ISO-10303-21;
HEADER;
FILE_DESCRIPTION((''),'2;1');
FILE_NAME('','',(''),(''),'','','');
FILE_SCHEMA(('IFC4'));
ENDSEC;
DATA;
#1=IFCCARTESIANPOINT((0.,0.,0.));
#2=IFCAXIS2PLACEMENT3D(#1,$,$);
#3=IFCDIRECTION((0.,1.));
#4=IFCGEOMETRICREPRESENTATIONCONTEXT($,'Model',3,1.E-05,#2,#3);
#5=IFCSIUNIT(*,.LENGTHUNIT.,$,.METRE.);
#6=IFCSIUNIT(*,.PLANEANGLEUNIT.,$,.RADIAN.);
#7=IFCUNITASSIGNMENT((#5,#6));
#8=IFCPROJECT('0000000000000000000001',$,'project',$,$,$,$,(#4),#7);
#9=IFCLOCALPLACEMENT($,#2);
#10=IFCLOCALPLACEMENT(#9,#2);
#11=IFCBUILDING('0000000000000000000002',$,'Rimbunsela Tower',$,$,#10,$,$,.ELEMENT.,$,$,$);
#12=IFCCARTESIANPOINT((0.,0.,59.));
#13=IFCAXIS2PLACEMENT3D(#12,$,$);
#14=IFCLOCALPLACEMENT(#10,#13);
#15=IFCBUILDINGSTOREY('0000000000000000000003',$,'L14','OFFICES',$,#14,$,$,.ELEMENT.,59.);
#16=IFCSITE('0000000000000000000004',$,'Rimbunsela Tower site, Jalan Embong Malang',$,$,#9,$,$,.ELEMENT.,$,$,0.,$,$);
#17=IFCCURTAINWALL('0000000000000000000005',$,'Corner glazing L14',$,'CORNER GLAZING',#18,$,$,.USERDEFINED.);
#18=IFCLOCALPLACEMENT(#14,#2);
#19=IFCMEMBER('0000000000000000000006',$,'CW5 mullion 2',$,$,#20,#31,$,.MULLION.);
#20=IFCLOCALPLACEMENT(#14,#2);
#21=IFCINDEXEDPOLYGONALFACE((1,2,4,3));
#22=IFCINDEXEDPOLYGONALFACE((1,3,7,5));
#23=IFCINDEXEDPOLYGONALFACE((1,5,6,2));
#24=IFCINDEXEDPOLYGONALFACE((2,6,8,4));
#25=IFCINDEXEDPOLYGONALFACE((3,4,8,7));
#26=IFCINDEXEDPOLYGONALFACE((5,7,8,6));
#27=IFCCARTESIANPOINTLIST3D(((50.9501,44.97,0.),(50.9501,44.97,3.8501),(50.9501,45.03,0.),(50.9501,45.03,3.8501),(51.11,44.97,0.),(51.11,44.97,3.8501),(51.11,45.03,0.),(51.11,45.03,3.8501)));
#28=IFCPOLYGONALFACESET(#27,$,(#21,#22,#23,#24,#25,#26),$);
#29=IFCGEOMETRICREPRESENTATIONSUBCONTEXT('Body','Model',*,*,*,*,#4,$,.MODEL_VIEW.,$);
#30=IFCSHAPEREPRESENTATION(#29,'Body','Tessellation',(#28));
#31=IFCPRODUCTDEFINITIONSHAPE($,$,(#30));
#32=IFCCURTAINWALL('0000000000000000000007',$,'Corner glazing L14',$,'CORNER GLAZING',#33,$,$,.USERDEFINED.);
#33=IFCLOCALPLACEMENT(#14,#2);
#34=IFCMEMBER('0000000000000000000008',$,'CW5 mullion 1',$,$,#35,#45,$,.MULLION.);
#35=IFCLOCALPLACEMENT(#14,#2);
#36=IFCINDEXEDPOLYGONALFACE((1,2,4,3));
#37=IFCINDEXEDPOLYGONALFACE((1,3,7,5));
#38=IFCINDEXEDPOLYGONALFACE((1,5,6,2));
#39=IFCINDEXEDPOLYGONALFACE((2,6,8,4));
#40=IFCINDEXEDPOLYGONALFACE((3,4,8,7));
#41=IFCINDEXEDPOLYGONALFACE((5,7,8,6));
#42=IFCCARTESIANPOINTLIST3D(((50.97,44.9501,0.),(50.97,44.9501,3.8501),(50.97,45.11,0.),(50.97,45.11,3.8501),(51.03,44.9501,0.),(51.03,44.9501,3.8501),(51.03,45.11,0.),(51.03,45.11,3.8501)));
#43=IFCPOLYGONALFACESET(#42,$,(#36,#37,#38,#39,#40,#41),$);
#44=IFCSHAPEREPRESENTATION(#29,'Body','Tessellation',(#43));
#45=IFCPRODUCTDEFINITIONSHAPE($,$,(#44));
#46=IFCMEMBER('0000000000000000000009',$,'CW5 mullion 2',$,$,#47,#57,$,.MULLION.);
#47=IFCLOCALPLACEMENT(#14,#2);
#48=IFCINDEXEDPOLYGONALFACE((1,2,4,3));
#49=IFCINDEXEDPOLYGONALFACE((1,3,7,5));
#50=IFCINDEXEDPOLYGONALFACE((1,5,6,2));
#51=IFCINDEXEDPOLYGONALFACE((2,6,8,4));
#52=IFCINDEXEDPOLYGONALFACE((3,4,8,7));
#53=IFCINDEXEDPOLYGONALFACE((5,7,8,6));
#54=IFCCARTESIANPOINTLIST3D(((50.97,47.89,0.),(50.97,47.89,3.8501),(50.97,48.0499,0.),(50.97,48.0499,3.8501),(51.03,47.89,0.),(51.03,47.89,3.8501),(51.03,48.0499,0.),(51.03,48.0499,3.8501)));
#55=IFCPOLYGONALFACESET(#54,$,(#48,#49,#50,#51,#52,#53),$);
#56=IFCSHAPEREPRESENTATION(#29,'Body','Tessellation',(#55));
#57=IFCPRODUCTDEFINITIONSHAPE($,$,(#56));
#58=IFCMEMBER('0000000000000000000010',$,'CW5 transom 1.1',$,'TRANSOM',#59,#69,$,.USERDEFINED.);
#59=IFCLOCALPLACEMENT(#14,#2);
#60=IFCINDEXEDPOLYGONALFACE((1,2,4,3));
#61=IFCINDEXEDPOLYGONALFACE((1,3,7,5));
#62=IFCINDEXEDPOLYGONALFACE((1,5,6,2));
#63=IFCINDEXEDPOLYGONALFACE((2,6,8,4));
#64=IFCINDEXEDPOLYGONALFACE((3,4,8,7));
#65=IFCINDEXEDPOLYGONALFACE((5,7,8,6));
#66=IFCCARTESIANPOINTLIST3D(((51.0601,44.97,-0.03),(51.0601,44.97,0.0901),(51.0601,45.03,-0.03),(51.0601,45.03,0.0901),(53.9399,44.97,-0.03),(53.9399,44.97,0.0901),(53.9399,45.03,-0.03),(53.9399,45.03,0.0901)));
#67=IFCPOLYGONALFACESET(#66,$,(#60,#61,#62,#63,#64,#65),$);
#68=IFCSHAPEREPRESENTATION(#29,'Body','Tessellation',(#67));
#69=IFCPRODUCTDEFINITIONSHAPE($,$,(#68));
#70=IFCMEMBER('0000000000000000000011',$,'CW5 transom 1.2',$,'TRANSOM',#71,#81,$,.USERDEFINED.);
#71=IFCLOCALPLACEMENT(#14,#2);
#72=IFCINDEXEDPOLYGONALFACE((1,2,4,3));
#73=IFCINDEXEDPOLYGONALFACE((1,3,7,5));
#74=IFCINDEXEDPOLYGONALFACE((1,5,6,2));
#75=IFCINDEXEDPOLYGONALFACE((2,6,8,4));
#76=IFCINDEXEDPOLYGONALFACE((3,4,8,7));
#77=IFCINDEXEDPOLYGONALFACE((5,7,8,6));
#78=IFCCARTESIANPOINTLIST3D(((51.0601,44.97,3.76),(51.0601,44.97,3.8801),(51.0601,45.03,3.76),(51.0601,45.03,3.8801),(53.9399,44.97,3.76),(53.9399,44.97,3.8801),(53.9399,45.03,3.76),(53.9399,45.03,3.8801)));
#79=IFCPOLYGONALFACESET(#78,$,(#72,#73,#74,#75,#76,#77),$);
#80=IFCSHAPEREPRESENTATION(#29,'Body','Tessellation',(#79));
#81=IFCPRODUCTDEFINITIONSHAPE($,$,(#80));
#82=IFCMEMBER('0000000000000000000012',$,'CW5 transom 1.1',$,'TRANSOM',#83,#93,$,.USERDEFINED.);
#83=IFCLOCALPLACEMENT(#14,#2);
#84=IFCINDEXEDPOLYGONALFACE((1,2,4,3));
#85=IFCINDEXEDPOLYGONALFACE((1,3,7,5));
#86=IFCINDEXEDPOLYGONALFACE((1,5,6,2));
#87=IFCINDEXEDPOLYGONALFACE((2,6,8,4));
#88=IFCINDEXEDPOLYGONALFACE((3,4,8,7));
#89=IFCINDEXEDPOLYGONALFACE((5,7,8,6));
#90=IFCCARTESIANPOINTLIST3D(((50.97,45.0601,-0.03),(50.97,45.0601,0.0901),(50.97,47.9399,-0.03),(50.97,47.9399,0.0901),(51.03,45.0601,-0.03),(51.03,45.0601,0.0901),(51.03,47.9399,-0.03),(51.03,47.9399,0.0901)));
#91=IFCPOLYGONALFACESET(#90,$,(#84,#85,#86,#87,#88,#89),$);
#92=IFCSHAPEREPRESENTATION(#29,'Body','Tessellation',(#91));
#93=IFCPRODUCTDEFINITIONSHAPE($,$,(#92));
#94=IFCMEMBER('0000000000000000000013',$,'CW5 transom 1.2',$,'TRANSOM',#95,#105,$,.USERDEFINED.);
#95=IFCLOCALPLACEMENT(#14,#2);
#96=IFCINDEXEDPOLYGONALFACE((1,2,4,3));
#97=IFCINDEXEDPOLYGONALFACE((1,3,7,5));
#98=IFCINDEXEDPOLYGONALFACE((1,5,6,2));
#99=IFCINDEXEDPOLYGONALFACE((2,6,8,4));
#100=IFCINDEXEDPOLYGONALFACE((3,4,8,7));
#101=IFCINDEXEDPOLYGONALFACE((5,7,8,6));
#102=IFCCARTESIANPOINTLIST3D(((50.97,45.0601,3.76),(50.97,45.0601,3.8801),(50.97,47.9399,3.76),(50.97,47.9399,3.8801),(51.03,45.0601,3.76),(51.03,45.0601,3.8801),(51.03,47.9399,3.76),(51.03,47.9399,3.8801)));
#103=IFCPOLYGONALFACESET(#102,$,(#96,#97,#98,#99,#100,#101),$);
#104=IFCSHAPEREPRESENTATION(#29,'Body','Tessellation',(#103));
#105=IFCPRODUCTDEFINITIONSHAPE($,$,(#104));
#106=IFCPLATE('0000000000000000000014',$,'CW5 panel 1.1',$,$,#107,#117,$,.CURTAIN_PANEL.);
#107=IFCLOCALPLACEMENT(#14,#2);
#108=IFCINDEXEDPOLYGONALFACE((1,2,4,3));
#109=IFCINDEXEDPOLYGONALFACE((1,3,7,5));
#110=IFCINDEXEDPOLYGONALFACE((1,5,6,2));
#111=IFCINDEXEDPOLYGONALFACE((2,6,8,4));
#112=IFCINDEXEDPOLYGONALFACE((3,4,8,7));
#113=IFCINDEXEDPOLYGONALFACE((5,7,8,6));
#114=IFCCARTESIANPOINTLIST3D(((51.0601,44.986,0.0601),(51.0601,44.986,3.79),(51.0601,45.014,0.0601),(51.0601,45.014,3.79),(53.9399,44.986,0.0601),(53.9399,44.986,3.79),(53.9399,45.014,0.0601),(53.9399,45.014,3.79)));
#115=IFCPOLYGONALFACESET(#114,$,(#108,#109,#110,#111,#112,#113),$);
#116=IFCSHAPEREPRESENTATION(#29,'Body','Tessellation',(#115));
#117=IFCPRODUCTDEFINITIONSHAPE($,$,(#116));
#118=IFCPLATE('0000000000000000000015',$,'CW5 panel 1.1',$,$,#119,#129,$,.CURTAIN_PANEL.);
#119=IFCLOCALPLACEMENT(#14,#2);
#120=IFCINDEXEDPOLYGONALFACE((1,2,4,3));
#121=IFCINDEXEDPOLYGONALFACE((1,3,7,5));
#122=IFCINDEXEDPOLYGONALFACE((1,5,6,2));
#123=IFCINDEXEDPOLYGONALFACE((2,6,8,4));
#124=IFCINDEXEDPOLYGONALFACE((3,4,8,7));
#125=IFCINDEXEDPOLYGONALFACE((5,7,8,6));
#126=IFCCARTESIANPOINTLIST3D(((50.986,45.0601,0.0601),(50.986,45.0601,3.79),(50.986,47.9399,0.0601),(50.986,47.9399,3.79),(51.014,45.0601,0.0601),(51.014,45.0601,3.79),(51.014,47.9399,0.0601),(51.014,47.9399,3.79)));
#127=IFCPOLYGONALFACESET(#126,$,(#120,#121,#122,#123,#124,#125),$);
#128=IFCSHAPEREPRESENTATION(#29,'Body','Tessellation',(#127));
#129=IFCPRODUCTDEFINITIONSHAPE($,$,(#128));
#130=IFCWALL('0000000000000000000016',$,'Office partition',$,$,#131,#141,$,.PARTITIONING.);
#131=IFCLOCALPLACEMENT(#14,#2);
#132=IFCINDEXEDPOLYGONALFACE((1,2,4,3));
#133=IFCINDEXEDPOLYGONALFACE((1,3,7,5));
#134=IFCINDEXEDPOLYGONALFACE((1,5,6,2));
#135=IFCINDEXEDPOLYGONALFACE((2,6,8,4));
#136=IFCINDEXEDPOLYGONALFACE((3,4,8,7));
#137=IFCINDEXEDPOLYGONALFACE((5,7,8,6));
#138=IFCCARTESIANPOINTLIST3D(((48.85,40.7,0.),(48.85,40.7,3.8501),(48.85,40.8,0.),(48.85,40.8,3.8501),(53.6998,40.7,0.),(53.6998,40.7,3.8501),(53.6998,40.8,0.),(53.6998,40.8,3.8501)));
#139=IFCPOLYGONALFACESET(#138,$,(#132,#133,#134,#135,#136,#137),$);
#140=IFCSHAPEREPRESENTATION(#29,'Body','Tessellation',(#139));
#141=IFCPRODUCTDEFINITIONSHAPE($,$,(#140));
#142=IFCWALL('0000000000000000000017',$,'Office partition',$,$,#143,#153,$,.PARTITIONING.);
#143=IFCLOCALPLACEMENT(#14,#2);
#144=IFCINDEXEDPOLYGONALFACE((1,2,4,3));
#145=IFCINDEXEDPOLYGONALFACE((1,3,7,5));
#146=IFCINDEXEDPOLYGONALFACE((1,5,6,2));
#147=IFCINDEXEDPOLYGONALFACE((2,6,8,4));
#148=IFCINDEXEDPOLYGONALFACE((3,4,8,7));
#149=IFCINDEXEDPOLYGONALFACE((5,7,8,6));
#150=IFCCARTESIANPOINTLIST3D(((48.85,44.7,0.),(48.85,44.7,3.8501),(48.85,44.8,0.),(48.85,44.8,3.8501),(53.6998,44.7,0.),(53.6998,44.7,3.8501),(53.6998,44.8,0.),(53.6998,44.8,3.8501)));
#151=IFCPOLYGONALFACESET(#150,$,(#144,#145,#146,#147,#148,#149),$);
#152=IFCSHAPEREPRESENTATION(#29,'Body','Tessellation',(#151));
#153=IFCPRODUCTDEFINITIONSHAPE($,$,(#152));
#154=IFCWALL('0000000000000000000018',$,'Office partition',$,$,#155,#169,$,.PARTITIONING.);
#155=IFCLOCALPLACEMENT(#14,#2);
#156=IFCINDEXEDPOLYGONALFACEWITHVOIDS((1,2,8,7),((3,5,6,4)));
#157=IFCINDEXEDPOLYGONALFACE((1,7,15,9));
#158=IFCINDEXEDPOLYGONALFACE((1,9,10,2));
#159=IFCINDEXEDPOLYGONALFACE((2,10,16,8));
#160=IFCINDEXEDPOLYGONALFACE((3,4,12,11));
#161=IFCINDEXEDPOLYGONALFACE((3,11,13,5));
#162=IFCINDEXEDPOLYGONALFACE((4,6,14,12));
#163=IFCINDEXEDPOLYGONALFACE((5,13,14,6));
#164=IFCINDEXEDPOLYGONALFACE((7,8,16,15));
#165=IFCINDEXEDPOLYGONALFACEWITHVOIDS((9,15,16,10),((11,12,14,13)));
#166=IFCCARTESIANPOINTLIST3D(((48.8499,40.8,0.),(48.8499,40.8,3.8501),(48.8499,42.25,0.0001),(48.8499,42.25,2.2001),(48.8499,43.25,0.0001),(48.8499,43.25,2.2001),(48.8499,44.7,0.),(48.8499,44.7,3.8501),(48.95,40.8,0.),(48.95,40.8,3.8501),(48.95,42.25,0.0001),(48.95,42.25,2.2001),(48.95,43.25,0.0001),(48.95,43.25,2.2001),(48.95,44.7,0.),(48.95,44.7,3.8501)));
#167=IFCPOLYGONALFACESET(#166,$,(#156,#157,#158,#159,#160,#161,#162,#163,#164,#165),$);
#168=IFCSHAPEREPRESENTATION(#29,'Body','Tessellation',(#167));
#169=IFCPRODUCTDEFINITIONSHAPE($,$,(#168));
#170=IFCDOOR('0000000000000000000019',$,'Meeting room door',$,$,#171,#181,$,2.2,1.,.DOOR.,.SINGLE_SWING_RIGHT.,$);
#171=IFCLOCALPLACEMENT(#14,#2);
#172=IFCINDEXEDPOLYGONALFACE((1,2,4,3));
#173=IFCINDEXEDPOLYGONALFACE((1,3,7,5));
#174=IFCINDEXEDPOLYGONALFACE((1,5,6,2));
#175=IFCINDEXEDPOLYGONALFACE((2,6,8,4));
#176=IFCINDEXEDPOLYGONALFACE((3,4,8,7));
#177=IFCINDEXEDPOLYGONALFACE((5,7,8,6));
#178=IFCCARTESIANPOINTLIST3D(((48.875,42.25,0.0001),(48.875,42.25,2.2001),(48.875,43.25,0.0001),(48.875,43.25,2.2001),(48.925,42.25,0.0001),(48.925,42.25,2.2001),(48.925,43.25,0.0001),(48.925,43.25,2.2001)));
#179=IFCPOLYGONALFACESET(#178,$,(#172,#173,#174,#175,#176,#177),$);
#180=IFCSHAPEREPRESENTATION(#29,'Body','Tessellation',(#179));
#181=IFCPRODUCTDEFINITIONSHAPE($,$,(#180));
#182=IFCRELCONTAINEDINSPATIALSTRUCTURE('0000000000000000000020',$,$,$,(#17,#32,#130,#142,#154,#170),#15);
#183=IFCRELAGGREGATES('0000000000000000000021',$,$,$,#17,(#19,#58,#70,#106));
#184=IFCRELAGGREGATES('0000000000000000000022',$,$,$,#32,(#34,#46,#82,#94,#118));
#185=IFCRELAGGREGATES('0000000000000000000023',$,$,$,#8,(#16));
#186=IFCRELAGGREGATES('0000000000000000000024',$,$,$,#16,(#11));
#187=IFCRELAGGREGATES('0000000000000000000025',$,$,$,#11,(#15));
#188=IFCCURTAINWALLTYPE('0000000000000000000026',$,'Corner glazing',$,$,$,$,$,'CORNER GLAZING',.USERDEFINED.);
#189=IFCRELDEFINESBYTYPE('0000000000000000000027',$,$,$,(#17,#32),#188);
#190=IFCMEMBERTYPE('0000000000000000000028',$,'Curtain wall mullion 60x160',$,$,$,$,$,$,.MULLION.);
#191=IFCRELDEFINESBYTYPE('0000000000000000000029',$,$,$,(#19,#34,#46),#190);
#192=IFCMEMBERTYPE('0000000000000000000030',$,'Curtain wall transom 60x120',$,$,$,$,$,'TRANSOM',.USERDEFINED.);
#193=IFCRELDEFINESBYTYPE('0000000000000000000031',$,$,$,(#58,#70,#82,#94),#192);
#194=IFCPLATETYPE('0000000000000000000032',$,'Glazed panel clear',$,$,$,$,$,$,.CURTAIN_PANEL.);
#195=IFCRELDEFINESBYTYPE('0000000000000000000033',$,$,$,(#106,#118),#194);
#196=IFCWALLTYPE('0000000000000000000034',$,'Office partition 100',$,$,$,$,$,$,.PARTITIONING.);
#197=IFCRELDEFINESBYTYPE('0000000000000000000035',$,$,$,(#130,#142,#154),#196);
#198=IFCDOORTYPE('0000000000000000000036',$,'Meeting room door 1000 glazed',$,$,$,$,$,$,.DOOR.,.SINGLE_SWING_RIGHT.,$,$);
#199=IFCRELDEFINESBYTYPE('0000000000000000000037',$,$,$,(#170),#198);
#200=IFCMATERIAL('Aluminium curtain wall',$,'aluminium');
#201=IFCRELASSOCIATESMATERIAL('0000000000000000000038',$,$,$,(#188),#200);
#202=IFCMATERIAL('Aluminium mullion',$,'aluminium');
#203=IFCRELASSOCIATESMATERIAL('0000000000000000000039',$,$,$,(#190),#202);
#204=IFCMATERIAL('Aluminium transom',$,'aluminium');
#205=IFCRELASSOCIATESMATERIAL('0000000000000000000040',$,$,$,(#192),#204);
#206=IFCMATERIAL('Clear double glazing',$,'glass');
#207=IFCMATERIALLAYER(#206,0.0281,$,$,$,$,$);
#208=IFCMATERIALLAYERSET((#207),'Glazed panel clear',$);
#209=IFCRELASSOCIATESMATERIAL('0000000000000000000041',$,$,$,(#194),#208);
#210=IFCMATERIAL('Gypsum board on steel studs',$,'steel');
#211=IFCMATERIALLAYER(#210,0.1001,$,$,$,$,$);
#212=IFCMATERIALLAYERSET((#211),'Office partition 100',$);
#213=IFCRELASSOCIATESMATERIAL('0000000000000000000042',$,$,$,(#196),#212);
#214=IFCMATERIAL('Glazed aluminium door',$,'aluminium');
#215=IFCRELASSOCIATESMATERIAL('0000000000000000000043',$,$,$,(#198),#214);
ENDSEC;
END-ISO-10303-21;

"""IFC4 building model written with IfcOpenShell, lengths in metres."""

from ifc_helpers import new_model, si_unit, direction, frame, frame_2d, origin, origin_2d, place, context, subcontext, project, spatial, rectangle, extrude, material, layer, layer_set, material_profile, profile_set, type_object, element, fill, aggregate, save


model = new_model("IFC4")

# Units and contexts
model_context = context("Model", 3, precision=1e-05, world=origin(), true_north=direction((0.0, 1.0)))
body_context = subcontext(model_context, "Body", "Model", "MODEL_VIEW")
ifc_project = project(units=[si_unit("LENGTHUNIT", "METRE"), si_unit("PLANEANGLEUNIT", "RADIAN")], contexts=[model_context])

# Site, building, storey
site_placement = place(None, origin())
site = spatial("IfcSite", under=ifc_project, at=site_placement, Name="Rimbunsela Tower site, Jalan Embong Malang", CompositionType="ELEMENT", RefElevation=0.0)
building_placement = place(site_placement, origin())
building = spatial("IfcBuilding", under=site, at=building_placement, Name="Rimbunsela Tower", CompositionType="ELEMENT")
storey_placement = place(building_placement, frame((0.0, 0.0, 59.0)))
storey = spatial("IfcBuildingStorey", under=building, at=storey_placement, Name="L14", Description="OFFICES", CompositionType="ELEMENT", Elevation=59.0)

# Curtain walls, members
ifc_material_1 = material(Name="Aluminium curtain wall", Category="aluminium")
curtain_wall_type = type_object("IfcCurtainWallType", Name="Corner glazing", ElementType="CORNER GLAZING", PredefinedType="USERDEFINED", material=ifc_material_1)
curtain_wall_1_placement = place(storey_placement, origin())
curtain_wall_1 = element("IfcCurtainWall", 1, at=curtain_wall_1_placement, inside=storey, type_object=curtain_wall_type, Name="Corner glazing L14", ObjectType="CORNER GLAZING", PredefinedType="USERDEFINED")
ifc_material_2 = material(Name="Aluminium mullion", Category="aluminium")
ifc_material_profile_1 = material_profile(ifc_material_2, rectangle(XDim=0.0601, YDim=0.1599, at=origin_2d()), Name="Mullion 60x160")
ifc_profile_set_1 = profile_set([ifc_material_profile_1], Name="Aluminium mullion")
member_type_1 = type_object("IfcMemberType", Name="Curtain wall mullion 60x160", PredefinedType="MULLION", material=ifc_profile_set_1)
member_1_placement = place(storey_placement, frame((51.03, 45.0, 0.0), z_axis=(0.0, 0.0, 1.0), x_axis=(0.0, -1.0, 0.0)))
member_1 = element("IfcMember", 2, at=member_1_placement, type_object=member_type_1, Name="CW5 mullion 2", PredefinedType="MULLION", context=body_context, shape_type="SweptSolid", body=[
    extrude(rectangle(XDim=0.0601, YDim=0.1599, at=origin_2d()), origin(), (0.0, 0.0, 1.0), 3.8501),
])
curtain_wall_2_placement = place(storey_placement, origin())
curtain_wall_2 = element("IfcCurtainWall", 3, at=curtain_wall_2_placement, inside=storey, type_object=curtain_wall_type, Name="Corner glazing L14", ObjectType="CORNER GLAZING", PredefinedType="USERDEFINED")
member_2_placement = place(storey_placement, frame((51.0, 45.03, 0.0), z_axis=(0.0, 0.0, 1.0), x_axis=(-1.0, 0.0, 0.0)))
member_2 = element("IfcMember", 4, at=member_2_placement, type_object=member_type_1, Name="CW5 mullion 1", PredefinedType="MULLION", context=body_context, shape_type="SweptSolid", body=[
    extrude(rectangle(XDim=0.0601, YDim=0.1599, at=origin_2d()), origin(), (0.0, 0.0, 1.0), 3.8501),
])
member_3_placement = place(storey_placement, frame((51.0, 47.97, 0.0), z_axis=(0.0, 0.0, 1.0), x_axis=(-1.0, 0.0, 0.0)))
member_3 = element("IfcMember", 5, at=member_3_placement, type_object=member_type_1, Name="CW5 mullion 2", PredefinedType="MULLION", context=body_context, shape_type="SweptSolid", body=[
    extrude(rectangle(XDim=0.0601, YDim=0.1599, at=origin_2d()), origin(), (0.0, 0.0, 1.0), 3.8501),
])

# Members
ifc_material_3 = material(Name="Aluminium transom", Category="aluminium")
ifc_material_profile_2 = material_profile(ifc_material_3, rectangle(XDim=0.0601, YDim=0.1201, at=origin_2d()), Name="Transom 60x120")
ifc_profile_set_2 = profile_set([ifc_material_profile_2], Name="Aluminium transom")
member_type_2 = type_object("IfcMemberType", Name="Curtain wall transom 60x120", ElementType="TRANSOM", PredefinedType="USERDEFINED", material=ifc_profile_set_2)
member_4_placement = place(storey_placement, frame((53.9399, 45.0, 0.03), z_axis=(-1.0, 0.0, 0.0), x_axis=(0.0, -1.0, 0.0)))
member_4 = element("IfcMember", 6, at=member_4_placement, type_object=member_type_2, Name="CW5 transom 1.1", ObjectType="TRANSOM", PredefinedType="USERDEFINED", context=body_context, shape_type="SweptSolid", body=[
    extrude(rectangle(XDim=0.0601, YDim=0.1201, at=origin_2d()), origin(), (0.0, 0.0, 1.0), 2.8799),
])
member_5_placement = place(storey_placement, frame((53.9399, 45.0, 3.8201), z_axis=(-1.0, 0.0, 0.0), x_axis=(0.0, -1.0, 0.0)))
member_5 = element("IfcMember", 7, at=member_5_placement, type_object=member_type_2, Name="CW5 transom 1.2", ObjectType="TRANSOM", PredefinedType="USERDEFINED", context=body_context, shape_type="SweptSolid", body=[
    extrude(rectangle(XDim=0.0601, YDim=0.1201, at=origin_2d()), origin(), (0.0, 0.0, 1.0), 2.8799),
])
member_6_placement = place(storey_placement, frame((51.0, 45.0601, 0.03), z_axis=(0.0, 1.0, 0.0), x_axis=(-1.0, 0.0, 0.0)))
member_6 = element("IfcMember", 8, at=member_6_placement, type_object=member_type_2, Name="CW5 transom 1.1", ObjectType="TRANSOM", PredefinedType="USERDEFINED", context=body_context, shape_type="SweptSolid", body=[
    extrude(rectangle(XDim=0.0601, YDim=0.1201, at=origin_2d()), origin(), (0.0, 0.0, 1.0), 2.8799),
])
member_7_placement = place(storey_placement, frame((51.0, 45.0601, 3.8201), z_axis=(0.0, 1.0, 0.0), x_axis=(-1.0, 0.0, 0.0)))
member_7 = element("IfcMember", 9, at=member_7_placement, type_object=member_type_2, Name="CW5 transom 1.2", ObjectType="TRANSOM", PredefinedType="USERDEFINED", context=body_context, shape_type="SweptSolid", body=[
    extrude(rectangle(XDim=0.0601, YDim=0.1201, at=origin_2d()), origin(), (0.0, 0.0, 1.0), 2.8799),
])

# Plates
ifc_material_4 = material(Name="Clear double glazing", Category="glass")
ifc_layer_1 = layer(ifc_material_4, 0.0281)
ifc_layer_set_1 = layer_set([ifc_layer_1], Name="Glazed panel clear")
plate_type = type_object("IfcPlateType", Name="Glazed panel clear", PredefinedType="CURTAIN_PANEL", material=ifc_layer_set_1)
plate_1_placement = place(storey_placement, frame((52.5, 45.0, 0.0601), z_axis=(0.0, 0.0, 1.0), x_axis=(-1.0, 0.0, 0.0)))
plate_1 = element("IfcPlate", 10, at=plate_1_placement, type_object=plate_type, Name="CW5 panel 1.1", PredefinedType="CURTAIN_PANEL", context=body_context, shape_type="SweptSolid", body=[
    extrude(rectangle(XDim=2.8799, YDim=0.0281, at=origin_2d()), origin(), (0.0, 0.0, 1.0), 3.73),
])
aggregate(curtain_wall_1, [member_1, member_4, member_5, plate_1])
plate_2_placement = place(storey_placement, frame((51.0, 46.5, 0.0601), z_axis=(0.0, 0.0, 1.0), x_axis=(0.0, 1.0, 0.0)))
plate_2 = element("IfcPlate", 11, at=plate_2_placement, type_object=plate_type, Name="CW5 panel 1.1", PredefinedType="CURTAIN_PANEL", context=body_context, shape_type="SweptSolid", body=[
    extrude(rectangle(XDim=2.8799, YDim=0.0281, at=origin_2d()), origin(), (0.0, 0.0, 1.0), 3.73),
])
aggregate(curtain_wall_2, [member_2, member_3, member_6, member_7, plate_2])

# Walls
ifc_material_5 = material(Name="Gypsum board on steel studs", Category="steel")
ifc_layer_2 = layer(ifc_material_5, 0.1001)
ifc_layer_set_2 = layer_set([ifc_layer_2], Name="Office partition 100")
wall_type_1 = type_object("IfcWallType", Name="Office partition 100", PredefinedType="PARTITIONING", material=ifc_layer_set_2)
for number, where, z_axis, x_axis, name in (
    (12, (48.8501, 40.75, 0.0), (0.0, 0.0, 1.0), (1.0, 0.0, 0.0), "Office partition"),
    (13, (48.8501, 44.75, 0.0), (0.0, 0.0, 1.0), (1.0, 0.0, 0.0), "Office partition"),
):
    element("IfcWall", number, at=place(storey_placement, frame(where, z_axis=z_axis, x_axis=x_axis)), inside=storey, type_object=wall_type_1, Name=name, PredefinedType="PARTITIONING", context=body_context, shape_type="SweptSolid", body=[
        extrude(rectangle(XDim=4.8499, YDim=0.1001, at=frame_2d((2.4248, 0.0))), origin(), (0.0, 0.0, 1.0), 3.8501),
    ])

# Wall, opening, door
wall_1_placement = place(storey_placement, frame((48.8999, 40.8, 0.0), z_axis=(0.0, 0.0, 1.0), x_axis=(0.0, 1.0, 0.0)))
wall_1 = element("IfcWall", 14, at=wall_1_placement, inside=storey, type_object=wall_type_1, Name="Office partition", PredefinedType="PARTITIONING", context=body_context, shape_type="SweptSolid", body=[
    extrude(rectangle(XDim=3.8999, YDim=0.1001, at=frame_2d((1.95, 0.0))), origin(), (0.0, 0.0, 1.0), 3.8501),
])
opening_1_placement = place(wall_1_placement, frame((1.45, 0.0, 0.0)))
opening_1 = element("IfcOpeningElement", 15, at=opening_1_placement, cuts=wall_1, PredefinedType="OPENING", context=body_context, shape_type="SweptSolid", body=[
    extrude(rectangle(XDim=1.0, YDim=2.2, at=frame_2d((0.5, 1.1001))), frame((0.0, 0.0601, 0.0), z_axis=(0.0, -1.0, 0.0), x_axis=(1.0, 0.0, 0.0)), (0.0, 0.0, 1.0), 0.1201),
])
ifc_material_6 = material(Name="Glazed aluminium door", Category="aluminium")
door_type = type_object("IfcDoorType", Name="Meeting room door 1000 glazed", OperationType="SINGLE_SWING_RIGHT", PredefinedType="DOOR", material=ifc_material_6)
door_placement = place(opening_1_placement, origin())
door = element("IfcDoor", 16, at=door_placement, inside=storey, type_object=door_type, Name="Meeting room door", OperationType="SINGLE_SWING_RIGHT", OverallHeight=2.2, OverallWidth=1.0, PredefinedType="DOOR", context=body_context, shape_type="SweptSolid", body=[
    extrude(rectangle(XDim=1.0, YDim=2.2, at=frame_2d((0.5, 1.1001))), frame((0.0, 0.0249, 0.0), z_axis=(0.0, -1.0, 0.0), x_axis=(1.0, 0.0, 0.0)), (0.0, 0.0, 1.0), 0.05),
])
fill(opening_1, door)

save(model, "model.ifc")
